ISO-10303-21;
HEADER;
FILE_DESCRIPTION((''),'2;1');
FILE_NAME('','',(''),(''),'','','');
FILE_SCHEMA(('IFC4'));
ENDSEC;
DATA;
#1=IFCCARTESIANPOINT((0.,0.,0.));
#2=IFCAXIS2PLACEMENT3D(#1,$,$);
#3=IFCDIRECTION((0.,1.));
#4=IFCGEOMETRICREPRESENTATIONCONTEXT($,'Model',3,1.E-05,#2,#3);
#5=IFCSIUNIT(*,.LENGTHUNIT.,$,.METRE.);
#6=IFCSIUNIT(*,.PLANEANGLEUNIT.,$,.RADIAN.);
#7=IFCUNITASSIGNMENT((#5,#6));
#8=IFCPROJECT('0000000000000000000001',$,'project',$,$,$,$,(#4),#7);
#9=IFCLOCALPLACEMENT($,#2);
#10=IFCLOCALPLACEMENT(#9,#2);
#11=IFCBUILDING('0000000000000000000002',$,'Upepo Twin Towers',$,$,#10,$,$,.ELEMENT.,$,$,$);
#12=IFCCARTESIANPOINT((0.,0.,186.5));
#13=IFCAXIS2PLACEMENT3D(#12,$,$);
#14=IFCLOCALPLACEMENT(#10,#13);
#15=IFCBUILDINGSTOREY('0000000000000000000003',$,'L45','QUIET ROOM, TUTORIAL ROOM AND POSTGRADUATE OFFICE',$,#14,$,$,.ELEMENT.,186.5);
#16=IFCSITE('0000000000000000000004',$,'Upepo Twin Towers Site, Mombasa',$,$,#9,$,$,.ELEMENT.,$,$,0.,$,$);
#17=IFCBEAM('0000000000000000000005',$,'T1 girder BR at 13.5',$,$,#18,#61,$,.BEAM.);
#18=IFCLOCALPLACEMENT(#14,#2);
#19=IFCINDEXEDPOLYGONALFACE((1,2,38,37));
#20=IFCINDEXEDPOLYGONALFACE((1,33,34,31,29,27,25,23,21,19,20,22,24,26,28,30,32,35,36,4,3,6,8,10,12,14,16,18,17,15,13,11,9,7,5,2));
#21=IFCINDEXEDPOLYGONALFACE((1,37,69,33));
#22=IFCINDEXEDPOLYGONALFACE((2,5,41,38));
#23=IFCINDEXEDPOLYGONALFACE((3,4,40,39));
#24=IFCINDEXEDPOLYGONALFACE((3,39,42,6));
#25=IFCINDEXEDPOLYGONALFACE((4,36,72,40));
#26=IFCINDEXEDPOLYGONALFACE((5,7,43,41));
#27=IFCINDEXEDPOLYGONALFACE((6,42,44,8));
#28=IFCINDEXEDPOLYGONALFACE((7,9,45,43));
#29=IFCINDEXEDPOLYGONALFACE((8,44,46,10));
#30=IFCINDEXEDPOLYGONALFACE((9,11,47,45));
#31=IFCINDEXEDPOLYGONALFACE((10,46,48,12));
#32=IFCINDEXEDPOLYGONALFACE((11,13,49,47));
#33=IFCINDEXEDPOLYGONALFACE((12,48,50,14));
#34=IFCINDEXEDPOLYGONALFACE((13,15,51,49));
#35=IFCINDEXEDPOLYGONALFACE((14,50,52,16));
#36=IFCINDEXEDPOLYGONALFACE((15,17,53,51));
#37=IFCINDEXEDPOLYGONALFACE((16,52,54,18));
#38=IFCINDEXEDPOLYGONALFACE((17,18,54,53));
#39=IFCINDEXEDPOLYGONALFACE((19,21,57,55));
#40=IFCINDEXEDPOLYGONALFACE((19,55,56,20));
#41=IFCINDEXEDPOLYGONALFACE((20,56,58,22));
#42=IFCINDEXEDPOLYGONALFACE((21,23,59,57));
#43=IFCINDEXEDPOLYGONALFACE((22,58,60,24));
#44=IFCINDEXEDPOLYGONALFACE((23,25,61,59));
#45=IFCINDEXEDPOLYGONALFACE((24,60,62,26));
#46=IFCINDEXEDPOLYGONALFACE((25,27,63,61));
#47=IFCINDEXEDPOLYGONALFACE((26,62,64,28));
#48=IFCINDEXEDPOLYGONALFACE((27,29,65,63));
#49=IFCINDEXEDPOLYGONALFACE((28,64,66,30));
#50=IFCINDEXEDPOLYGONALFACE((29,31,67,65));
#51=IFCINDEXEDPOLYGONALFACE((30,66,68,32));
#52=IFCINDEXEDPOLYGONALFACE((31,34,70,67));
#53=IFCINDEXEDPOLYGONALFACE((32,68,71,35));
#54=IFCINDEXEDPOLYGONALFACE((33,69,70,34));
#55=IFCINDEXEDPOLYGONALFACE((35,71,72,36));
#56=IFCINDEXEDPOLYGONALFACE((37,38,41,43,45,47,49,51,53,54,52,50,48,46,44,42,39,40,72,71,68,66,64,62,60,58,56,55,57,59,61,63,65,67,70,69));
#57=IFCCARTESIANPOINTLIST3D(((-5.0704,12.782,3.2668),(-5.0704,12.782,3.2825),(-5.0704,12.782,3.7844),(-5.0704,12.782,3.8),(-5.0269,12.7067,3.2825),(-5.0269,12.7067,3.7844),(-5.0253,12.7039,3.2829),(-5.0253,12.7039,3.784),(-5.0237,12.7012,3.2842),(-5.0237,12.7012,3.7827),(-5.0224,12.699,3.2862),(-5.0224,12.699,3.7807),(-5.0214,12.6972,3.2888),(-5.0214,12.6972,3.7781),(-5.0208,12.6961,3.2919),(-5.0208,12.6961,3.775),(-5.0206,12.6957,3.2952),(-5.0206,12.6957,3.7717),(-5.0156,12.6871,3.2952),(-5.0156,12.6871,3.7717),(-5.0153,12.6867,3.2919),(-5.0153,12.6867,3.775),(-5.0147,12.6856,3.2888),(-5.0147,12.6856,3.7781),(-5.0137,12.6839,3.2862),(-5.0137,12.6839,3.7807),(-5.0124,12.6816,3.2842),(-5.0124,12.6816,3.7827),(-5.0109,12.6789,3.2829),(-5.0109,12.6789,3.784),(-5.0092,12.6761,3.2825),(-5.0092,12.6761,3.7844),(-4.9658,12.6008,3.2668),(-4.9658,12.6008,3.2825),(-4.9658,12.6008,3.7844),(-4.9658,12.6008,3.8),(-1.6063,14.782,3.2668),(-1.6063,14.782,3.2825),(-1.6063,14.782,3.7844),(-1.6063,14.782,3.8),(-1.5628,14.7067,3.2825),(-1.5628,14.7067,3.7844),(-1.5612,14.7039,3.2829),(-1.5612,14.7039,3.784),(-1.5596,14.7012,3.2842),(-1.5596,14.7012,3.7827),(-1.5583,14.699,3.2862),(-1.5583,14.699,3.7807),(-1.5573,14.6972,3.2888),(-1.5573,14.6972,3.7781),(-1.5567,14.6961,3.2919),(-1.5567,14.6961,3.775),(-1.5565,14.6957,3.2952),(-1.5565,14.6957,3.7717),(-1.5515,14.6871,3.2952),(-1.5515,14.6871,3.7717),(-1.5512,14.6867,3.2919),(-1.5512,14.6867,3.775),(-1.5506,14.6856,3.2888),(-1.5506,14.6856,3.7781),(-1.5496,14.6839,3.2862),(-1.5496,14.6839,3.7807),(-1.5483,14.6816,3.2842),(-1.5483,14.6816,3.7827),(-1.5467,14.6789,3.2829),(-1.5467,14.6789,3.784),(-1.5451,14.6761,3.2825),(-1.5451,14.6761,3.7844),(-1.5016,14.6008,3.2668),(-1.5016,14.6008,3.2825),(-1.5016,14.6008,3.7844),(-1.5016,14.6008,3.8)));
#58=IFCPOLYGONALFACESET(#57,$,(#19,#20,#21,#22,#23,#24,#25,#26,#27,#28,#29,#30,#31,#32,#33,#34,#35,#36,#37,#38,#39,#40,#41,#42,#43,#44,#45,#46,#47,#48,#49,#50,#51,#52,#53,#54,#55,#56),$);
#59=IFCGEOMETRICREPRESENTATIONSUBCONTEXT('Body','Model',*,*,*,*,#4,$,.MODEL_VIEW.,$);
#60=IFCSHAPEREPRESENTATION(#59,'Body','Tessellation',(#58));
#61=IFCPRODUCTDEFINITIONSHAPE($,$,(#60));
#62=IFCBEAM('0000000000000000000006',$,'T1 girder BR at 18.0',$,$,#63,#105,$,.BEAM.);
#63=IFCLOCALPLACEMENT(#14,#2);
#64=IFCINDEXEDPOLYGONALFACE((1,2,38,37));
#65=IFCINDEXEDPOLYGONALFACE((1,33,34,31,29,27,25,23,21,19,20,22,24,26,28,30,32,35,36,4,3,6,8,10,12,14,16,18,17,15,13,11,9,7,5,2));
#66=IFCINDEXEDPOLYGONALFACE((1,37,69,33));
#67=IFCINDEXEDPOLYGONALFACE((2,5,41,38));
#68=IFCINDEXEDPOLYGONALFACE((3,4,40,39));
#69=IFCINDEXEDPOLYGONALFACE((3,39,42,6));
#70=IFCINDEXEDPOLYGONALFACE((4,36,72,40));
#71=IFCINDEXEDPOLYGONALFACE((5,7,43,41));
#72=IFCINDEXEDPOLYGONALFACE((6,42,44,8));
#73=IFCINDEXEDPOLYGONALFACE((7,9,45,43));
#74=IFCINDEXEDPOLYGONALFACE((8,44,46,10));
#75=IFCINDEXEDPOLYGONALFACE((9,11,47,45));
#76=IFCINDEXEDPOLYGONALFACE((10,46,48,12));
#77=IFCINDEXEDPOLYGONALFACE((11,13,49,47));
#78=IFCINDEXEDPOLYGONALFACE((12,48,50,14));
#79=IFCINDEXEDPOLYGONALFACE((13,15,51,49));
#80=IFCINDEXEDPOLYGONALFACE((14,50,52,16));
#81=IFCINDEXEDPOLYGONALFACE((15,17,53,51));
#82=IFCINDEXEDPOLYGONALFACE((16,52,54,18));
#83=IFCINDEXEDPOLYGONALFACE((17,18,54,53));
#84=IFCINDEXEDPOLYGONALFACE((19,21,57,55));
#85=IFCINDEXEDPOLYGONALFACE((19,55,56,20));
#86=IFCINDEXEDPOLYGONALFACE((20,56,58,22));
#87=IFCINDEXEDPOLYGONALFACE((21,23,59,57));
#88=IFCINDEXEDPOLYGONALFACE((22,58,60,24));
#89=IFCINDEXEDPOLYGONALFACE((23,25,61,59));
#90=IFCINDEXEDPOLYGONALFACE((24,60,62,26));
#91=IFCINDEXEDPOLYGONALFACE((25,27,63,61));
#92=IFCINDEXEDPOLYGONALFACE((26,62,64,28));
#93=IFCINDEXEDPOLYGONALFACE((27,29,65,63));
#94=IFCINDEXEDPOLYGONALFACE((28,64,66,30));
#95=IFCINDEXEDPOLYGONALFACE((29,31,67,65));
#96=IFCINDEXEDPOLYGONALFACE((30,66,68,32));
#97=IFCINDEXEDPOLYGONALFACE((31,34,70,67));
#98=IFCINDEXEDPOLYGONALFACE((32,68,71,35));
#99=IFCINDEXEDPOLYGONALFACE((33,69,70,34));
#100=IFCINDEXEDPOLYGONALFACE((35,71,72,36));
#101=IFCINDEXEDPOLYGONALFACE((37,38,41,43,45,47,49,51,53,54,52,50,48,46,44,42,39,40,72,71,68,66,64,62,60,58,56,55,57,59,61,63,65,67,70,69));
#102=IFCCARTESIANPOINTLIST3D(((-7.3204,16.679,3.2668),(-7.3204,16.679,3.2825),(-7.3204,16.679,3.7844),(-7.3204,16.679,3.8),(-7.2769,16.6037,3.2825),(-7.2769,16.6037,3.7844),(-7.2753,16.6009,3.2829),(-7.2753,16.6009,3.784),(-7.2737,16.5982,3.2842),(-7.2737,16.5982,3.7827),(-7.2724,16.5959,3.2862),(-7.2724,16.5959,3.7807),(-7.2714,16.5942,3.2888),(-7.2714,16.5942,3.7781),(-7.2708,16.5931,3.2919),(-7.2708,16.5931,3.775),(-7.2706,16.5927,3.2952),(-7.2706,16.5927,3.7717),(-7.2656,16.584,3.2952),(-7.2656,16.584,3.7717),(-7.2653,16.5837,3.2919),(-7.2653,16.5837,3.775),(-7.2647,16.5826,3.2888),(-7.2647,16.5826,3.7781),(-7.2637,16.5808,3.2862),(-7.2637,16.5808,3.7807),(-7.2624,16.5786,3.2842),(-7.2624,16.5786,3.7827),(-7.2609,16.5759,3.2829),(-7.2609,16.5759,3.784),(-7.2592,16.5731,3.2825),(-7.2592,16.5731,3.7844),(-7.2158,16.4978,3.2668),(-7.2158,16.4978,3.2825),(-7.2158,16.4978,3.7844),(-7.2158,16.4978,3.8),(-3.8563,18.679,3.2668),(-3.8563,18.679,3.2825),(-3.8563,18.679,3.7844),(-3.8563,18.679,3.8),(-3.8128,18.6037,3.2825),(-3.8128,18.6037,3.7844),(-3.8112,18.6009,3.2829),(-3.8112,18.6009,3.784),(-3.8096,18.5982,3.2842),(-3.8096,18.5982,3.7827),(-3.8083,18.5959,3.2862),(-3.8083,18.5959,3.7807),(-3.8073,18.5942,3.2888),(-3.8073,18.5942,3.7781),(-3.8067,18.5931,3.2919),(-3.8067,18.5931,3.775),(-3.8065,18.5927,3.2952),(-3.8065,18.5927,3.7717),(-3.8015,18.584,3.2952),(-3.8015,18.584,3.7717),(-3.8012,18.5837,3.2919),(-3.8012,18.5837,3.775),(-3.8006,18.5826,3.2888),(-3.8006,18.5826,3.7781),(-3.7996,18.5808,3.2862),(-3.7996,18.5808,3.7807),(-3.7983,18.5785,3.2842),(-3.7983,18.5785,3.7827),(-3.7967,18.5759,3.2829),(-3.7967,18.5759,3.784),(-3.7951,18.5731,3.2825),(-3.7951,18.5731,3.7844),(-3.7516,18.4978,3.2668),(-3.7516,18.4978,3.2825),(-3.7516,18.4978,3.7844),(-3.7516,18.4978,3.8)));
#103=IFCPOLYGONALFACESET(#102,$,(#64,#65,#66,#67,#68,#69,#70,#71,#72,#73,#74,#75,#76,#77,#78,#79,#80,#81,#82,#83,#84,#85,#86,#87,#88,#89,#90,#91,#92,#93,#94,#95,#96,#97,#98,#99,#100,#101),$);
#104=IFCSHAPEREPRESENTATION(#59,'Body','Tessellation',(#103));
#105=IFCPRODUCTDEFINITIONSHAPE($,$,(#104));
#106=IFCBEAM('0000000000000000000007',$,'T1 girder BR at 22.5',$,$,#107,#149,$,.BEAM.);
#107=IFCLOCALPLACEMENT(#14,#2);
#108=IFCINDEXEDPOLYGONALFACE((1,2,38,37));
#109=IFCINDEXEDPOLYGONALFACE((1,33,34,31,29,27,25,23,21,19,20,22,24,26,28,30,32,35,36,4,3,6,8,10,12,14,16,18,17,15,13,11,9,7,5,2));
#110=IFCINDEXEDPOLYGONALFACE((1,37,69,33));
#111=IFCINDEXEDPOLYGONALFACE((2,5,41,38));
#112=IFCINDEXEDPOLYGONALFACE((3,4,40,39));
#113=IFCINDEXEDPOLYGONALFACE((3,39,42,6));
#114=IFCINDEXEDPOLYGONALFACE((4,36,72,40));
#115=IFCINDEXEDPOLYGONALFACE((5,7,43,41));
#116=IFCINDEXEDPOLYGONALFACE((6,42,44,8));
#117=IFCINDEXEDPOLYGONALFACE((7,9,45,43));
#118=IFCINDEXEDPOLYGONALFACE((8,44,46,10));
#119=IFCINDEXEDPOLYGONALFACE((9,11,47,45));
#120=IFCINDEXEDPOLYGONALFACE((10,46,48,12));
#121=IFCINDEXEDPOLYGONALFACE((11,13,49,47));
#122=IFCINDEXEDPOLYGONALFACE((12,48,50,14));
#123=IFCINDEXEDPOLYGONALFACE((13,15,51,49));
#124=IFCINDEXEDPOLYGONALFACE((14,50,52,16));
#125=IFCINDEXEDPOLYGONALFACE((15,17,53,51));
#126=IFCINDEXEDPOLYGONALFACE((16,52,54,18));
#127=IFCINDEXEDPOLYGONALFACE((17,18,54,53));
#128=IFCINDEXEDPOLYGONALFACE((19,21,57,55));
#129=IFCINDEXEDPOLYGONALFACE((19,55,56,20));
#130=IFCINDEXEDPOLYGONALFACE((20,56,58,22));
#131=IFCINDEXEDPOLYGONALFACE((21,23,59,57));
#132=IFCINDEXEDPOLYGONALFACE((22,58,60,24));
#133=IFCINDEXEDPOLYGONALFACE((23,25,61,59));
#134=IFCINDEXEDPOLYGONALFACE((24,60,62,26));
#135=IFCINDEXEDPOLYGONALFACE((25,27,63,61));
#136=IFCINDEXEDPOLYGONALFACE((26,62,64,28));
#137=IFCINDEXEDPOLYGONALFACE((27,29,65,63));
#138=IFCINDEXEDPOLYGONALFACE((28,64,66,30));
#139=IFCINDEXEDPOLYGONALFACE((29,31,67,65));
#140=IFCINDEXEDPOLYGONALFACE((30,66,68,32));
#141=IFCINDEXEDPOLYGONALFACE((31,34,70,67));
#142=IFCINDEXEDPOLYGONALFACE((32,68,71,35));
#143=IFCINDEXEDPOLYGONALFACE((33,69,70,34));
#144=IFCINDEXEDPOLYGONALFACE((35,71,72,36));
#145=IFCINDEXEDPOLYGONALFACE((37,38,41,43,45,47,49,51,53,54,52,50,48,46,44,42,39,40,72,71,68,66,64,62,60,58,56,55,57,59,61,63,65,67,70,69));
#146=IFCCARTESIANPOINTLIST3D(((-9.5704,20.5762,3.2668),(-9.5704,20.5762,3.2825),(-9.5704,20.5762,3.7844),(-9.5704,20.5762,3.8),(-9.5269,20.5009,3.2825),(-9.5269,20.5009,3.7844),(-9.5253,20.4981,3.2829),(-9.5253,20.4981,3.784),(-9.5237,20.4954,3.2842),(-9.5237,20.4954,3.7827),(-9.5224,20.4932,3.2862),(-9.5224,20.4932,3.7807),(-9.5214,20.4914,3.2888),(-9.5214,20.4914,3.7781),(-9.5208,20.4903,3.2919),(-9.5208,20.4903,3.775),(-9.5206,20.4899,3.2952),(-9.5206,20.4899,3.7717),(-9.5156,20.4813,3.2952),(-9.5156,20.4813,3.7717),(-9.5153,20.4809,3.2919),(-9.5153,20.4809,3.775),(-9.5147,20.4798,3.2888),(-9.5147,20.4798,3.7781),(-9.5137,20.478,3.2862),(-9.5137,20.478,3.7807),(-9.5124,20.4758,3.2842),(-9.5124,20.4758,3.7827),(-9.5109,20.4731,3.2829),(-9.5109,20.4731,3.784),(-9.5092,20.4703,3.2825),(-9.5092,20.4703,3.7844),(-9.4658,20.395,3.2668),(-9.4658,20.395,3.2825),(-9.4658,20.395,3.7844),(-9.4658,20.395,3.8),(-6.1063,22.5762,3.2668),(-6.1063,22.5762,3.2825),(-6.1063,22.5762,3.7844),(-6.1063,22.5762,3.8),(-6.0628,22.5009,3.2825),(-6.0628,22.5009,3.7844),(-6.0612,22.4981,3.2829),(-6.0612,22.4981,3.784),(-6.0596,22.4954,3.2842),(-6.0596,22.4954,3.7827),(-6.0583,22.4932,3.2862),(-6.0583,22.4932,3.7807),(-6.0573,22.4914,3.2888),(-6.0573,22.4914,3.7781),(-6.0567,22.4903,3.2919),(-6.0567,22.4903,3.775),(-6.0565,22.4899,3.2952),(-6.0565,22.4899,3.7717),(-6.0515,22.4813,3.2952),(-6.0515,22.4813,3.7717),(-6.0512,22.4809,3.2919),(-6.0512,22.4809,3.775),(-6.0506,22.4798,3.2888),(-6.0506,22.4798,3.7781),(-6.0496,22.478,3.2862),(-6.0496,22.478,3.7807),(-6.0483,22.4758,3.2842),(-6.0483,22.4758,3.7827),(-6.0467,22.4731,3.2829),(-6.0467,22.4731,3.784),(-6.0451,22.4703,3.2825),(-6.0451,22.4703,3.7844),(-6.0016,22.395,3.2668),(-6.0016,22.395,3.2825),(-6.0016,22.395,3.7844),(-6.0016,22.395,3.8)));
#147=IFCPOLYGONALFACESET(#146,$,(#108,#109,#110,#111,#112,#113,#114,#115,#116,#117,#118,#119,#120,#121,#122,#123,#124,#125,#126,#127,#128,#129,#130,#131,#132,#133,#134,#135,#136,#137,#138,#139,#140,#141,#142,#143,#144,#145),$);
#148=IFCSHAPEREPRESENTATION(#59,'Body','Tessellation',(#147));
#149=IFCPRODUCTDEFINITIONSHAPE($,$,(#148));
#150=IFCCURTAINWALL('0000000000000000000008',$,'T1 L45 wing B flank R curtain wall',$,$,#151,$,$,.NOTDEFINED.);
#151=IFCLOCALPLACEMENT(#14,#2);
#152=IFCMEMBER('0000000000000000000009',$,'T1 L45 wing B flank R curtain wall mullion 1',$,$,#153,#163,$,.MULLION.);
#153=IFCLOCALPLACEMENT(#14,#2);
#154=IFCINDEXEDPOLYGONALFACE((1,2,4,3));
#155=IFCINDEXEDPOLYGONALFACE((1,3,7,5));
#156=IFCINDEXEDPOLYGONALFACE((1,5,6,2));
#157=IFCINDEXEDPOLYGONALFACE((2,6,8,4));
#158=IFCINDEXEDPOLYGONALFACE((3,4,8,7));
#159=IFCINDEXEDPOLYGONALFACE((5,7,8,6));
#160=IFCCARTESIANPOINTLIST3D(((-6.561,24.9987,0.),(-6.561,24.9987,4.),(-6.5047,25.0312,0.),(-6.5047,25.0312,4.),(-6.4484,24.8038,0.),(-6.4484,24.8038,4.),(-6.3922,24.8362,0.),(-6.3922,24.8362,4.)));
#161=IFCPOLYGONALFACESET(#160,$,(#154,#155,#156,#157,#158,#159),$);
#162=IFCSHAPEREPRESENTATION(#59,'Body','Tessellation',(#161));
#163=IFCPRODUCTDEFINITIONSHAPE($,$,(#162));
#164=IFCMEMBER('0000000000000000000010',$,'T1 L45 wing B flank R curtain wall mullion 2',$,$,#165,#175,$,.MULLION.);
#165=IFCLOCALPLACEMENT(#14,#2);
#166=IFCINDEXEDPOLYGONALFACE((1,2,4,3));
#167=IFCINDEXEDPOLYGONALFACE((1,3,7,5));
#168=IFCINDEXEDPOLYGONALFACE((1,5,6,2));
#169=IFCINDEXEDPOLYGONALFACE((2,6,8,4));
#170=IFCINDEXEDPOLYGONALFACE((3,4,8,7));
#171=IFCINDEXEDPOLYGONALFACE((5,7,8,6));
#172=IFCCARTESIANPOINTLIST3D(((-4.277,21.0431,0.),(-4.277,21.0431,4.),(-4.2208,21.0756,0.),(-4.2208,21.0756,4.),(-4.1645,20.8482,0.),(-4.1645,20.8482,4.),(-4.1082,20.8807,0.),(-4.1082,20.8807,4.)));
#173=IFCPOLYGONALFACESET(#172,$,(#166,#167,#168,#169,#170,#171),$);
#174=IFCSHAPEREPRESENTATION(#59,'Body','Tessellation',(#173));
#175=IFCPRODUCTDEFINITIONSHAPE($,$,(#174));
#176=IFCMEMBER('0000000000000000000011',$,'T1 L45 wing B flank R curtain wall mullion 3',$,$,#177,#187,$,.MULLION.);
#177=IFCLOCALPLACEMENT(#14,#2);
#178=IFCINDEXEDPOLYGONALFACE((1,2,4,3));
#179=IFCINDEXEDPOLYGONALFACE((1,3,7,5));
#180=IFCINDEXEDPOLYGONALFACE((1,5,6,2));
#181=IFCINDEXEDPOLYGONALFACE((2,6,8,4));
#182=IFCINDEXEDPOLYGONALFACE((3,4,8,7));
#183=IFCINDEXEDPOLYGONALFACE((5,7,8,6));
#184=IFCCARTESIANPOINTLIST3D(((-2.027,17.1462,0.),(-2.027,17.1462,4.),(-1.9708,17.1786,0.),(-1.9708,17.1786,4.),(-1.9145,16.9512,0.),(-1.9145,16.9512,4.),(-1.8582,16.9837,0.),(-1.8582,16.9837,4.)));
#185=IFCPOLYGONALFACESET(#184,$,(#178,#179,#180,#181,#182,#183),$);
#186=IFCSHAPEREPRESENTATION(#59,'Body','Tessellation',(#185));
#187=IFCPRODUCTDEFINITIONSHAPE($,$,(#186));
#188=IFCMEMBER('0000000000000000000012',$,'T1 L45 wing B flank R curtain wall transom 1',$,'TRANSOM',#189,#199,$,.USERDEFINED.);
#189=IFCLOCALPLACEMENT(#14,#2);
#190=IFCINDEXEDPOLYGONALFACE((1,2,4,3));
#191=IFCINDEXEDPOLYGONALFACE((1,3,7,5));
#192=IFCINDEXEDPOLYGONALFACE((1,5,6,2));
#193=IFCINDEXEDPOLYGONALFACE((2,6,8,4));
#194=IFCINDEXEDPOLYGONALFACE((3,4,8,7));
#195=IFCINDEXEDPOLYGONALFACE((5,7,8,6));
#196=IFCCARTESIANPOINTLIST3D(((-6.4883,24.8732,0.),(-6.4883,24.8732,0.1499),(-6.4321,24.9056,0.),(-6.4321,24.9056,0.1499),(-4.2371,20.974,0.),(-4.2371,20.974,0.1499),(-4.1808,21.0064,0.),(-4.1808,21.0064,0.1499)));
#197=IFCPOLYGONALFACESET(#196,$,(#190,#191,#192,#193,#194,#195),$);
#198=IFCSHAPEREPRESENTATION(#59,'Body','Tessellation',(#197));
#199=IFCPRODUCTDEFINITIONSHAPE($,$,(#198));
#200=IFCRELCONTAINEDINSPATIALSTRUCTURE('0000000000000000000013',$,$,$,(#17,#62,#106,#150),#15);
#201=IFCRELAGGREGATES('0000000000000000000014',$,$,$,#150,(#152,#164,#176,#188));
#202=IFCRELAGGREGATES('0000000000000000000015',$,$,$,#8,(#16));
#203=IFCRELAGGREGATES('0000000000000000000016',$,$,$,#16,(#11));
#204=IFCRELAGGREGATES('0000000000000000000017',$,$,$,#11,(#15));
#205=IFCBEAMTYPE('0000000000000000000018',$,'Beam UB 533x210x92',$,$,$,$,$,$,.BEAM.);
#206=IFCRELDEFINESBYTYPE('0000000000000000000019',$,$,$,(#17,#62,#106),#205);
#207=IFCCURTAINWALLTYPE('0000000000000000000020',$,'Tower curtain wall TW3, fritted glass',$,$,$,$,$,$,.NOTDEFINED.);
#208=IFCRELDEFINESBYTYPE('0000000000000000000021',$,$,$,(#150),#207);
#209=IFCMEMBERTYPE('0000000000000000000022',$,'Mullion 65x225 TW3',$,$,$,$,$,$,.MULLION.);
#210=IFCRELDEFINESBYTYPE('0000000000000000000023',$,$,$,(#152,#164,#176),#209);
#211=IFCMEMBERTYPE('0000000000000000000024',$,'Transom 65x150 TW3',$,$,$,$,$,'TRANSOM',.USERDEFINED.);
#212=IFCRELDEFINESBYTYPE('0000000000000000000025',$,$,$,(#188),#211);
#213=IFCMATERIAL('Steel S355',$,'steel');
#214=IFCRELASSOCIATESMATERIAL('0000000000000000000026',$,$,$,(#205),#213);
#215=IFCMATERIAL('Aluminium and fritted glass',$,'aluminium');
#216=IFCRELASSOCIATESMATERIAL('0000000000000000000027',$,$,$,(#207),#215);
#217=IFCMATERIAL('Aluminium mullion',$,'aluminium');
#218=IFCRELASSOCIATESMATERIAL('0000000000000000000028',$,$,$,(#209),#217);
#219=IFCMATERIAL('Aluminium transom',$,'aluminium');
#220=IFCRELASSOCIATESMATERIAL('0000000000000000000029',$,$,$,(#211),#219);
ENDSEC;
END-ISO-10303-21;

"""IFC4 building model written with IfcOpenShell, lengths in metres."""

from ifc_helpers import new_model, si_unit, direction, frame, origin, origin_2d, place, context, subcontext, project, spatial, rectangle, i_section, extrude, material, material_profile, profile_set, type_object, element, aggregate, save


model = new_model("IFC4")

# Units and contexts
model_context = context("Model", 3, precision=1e-05, world=origin(), true_north=direction((0.0, 1.0)))
body_context = subcontext(model_context, "Body", "Model", "MODEL_VIEW")
ifc_project = project(units=[si_unit("LENGTHUNIT", "METRE"), si_unit("PLANEANGLEUNIT", "RADIAN")], contexts=[model_context])

# Site, building, storey
site_placement = place(None, origin())
site = spatial("IfcSite", under=ifc_project, at=site_placement, Name="Upepo Twin Towers Site, Mombasa", CompositionType="ELEMENT", RefElevation=0.0)
building_placement = place(site_placement, origin())
building = spatial("IfcBuilding", under=site, at=building_placement, Name="Upepo Twin Towers", CompositionType="ELEMENT")
storey_placement = place(building_placement, frame((0.0, 0.0, 186.5)))
storey = spatial("IfcBuildingStorey", under=building, at=storey_placement, Name="L45", Description="QUIET ROOM, TUTORIAL ROOM AND POSTGRADUATE OFFICE", CompositionType="ELEMENT", Elevation=186.5)

# Beams
ifc_material_1 = material(Name="Steel S355", Category="steel")
ifc_material_profile_1 = material_profile(ifc_material_1, i_section(OverallWidth=0.2092, OverallDepth=0.5332, WebThickness=0.01, FlangeThickness=0.0156, FilletRadius=0.0127, at=origin_2d()), Name="UB 533x210x92")
ifc_profile_set_1 = profile_set([ifc_material_profile_1], Name="Steel S355")
beam_type_1 = type_object("IfcBeamType", Name="Beam UB 533x210x92", PredefinedType="BEAM", material=ifc_profile_set_1)
for number, where, z_axis, x_axis, name in (
    (1, (-1.554, 14.6914, 3.5334), (-0.866026, -0.499999, 0.0), (0.499999, -0.866026, 0.0), "T1 girder BR at 13.5"),
    (2, (-3.804, 18.5884, 3.5334), (-0.866026, -0.499999, 0.0), (0.499999, -0.866026, 0.0), "T1 girder BR at 18.0"),
    (3, (-6.054, 22.4856, 3.5334), (-0.866026, -0.499999, 0.0), (0.499999, -0.866026, 0.0), "T1 girder BR at 22.5"),
):
    element("IfcBeam", number, at=place(storey_placement, frame(where, z_axis=z_axis, x_axis=x_axis)), inside=storey, type_object=beam_type_1, Name=name, PredefinedType="BEAM", context=body_context, shape_type="SweptSolid", body=[
        extrude(i_section(OverallWidth=0.2092, OverallDepth=0.5332, WebThickness=0.01, FlangeThickness=0.0156, FilletRadius=0.0127, at=origin_2d()), origin(), (0.0, 0.0, 1.0), 4.0),
    ])

# Curtain wall, members
ifc_material_2 = material(Name="Aluminium and fritted glass", Category="aluminium")
curtain_wall_type = type_object("IfcCurtainWallType", Name="Tower curtain wall TW3, fritted glass", PredefinedType="NOTDEFINED", material=ifc_material_2)
curtain_wall_placement = place(storey_placement, origin())
curtain_wall = element("IfcCurtainWall", 4, at=curtain_wall_placement, inside=storey, type_object=curtain_wall_type, Name="T1 L45 wing B flank R curtain wall", PredefinedType="NOTDEFINED")
ifc_material_3 = material(Name="Aluminium mullion", Category="aluminium")
ifc_material_profile_2 = material_profile(ifc_material_3, rectangle(XDim=0.0649, YDim=0.2251, at=origin_2d()), Name="MULLION 65x225")
ifc_profile_set_2 = profile_set([ifc_material_profile_2], Name="Aluminium mullion")
member_type_1 = type_object("IfcMemberType", Name="Mullion 65x225 TW3", PredefinedType="MULLION", material=ifc_profile_set_2)
member_1_placement = place(storey_placement, frame((-6.4766, 24.9175, 0.0), z_axis=(0.0, 0.0, 1.0), x_axis=(0.866025, 0.5, 0.0)))
member_1 = element("IfcMember", 5, at=member_1_placement, type_object=member_type_1, Name="T1 L45 wing B flank R curtain wall mullion 1", PredefinedType="MULLION", context=body_context, shape_type="SweptSolid", body=[
    extrude(rectangle(XDim=0.0649, YDim=0.2251, at=origin_2d()), origin(), (0.0, 0.0, 1.0), 4.0),
])
member_2_placement = place(storey_placement, frame((-4.1926, 20.9619, 0.0), z_axis=(0.0, 0.0, 1.0), x_axis=(0.866025, 0.5, 0.0)))
member_2 = element("IfcMember", 6, at=member_2_placement, type_object=member_type_1, Name="T1 L45 wing B flank R curtain wall mullion 2", PredefinedType="MULLION", context=body_context, shape_type="SweptSolid", body=[
    extrude(rectangle(XDim=0.0649, YDim=0.2251, at=origin_2d()), origin(), (0.0, 0.0, 1.0), 4.0),
])
member_3_placement = place(storey_placement, frame((-1.9426, 17.0649, 0.0), z_axis=(0.0, 0.0, 1.0), x_axis=(0.866025, 0.5, 0.0)))
member_3 = element("IfcMember", 7, at=member_3_placement, type_object=member_type_1, Name="T1 L45 wing B flank R curtain wall mullion 3", PredefinedType="MULLION", context=body_context, shape_type="SweptSolid", body=[
    extrude(rectangle(XDim=0.0649, YDim=0.2251, at=origin_2d()), origin(), (0.0, 0.0, 1.0), 4.0),
])
ifc_material_4 = material(Name="Aluminium transom", Category="aluminium")
ifc_material_profile_3 = material_profile(ifc_material_4, rectangle(XDim=0.0649, YDim=0.1499, at=origin_2d()), Name="TRANSOM 65x150")
ifc_profile_set_3 = profile_set([ifc_material_profile_3], Name="Aluminium transom")
member_type_2 = type_object("IfcMemberType", Name="Transom 65x150 TW3", ElementType="TRANSOM", PredefinedType="USERDEFINED", material=ifc_profile_set_3)
member_4_placement = place(storey_placement, frame((-6.4602, 24.8894, 0.075), z_axis=(0.500006, -0.866022, 0.0), x_axis=(0.866022, 0.500006, 0.0)))
member_4 = element("IfcMember", 8, at=member_4_placement, type_object=member_type_2, Name="T1 L45 wing B flank R curtain wall transom 1", ObjectType="TRANSOM", PredefinedType="USERDEFINED", context=body_context, shape_type="SweptSolid", body=[
    extrude(rectangle(XDim=0.0649, YDim=0.1499, at=origin_2d()), origin(), (0.0, 0.0, 1.0), 4.5024),
])
aggregate(curtain_wall, [member_1, member_2, member_3, member_4])

save(model, "model.ifc")
